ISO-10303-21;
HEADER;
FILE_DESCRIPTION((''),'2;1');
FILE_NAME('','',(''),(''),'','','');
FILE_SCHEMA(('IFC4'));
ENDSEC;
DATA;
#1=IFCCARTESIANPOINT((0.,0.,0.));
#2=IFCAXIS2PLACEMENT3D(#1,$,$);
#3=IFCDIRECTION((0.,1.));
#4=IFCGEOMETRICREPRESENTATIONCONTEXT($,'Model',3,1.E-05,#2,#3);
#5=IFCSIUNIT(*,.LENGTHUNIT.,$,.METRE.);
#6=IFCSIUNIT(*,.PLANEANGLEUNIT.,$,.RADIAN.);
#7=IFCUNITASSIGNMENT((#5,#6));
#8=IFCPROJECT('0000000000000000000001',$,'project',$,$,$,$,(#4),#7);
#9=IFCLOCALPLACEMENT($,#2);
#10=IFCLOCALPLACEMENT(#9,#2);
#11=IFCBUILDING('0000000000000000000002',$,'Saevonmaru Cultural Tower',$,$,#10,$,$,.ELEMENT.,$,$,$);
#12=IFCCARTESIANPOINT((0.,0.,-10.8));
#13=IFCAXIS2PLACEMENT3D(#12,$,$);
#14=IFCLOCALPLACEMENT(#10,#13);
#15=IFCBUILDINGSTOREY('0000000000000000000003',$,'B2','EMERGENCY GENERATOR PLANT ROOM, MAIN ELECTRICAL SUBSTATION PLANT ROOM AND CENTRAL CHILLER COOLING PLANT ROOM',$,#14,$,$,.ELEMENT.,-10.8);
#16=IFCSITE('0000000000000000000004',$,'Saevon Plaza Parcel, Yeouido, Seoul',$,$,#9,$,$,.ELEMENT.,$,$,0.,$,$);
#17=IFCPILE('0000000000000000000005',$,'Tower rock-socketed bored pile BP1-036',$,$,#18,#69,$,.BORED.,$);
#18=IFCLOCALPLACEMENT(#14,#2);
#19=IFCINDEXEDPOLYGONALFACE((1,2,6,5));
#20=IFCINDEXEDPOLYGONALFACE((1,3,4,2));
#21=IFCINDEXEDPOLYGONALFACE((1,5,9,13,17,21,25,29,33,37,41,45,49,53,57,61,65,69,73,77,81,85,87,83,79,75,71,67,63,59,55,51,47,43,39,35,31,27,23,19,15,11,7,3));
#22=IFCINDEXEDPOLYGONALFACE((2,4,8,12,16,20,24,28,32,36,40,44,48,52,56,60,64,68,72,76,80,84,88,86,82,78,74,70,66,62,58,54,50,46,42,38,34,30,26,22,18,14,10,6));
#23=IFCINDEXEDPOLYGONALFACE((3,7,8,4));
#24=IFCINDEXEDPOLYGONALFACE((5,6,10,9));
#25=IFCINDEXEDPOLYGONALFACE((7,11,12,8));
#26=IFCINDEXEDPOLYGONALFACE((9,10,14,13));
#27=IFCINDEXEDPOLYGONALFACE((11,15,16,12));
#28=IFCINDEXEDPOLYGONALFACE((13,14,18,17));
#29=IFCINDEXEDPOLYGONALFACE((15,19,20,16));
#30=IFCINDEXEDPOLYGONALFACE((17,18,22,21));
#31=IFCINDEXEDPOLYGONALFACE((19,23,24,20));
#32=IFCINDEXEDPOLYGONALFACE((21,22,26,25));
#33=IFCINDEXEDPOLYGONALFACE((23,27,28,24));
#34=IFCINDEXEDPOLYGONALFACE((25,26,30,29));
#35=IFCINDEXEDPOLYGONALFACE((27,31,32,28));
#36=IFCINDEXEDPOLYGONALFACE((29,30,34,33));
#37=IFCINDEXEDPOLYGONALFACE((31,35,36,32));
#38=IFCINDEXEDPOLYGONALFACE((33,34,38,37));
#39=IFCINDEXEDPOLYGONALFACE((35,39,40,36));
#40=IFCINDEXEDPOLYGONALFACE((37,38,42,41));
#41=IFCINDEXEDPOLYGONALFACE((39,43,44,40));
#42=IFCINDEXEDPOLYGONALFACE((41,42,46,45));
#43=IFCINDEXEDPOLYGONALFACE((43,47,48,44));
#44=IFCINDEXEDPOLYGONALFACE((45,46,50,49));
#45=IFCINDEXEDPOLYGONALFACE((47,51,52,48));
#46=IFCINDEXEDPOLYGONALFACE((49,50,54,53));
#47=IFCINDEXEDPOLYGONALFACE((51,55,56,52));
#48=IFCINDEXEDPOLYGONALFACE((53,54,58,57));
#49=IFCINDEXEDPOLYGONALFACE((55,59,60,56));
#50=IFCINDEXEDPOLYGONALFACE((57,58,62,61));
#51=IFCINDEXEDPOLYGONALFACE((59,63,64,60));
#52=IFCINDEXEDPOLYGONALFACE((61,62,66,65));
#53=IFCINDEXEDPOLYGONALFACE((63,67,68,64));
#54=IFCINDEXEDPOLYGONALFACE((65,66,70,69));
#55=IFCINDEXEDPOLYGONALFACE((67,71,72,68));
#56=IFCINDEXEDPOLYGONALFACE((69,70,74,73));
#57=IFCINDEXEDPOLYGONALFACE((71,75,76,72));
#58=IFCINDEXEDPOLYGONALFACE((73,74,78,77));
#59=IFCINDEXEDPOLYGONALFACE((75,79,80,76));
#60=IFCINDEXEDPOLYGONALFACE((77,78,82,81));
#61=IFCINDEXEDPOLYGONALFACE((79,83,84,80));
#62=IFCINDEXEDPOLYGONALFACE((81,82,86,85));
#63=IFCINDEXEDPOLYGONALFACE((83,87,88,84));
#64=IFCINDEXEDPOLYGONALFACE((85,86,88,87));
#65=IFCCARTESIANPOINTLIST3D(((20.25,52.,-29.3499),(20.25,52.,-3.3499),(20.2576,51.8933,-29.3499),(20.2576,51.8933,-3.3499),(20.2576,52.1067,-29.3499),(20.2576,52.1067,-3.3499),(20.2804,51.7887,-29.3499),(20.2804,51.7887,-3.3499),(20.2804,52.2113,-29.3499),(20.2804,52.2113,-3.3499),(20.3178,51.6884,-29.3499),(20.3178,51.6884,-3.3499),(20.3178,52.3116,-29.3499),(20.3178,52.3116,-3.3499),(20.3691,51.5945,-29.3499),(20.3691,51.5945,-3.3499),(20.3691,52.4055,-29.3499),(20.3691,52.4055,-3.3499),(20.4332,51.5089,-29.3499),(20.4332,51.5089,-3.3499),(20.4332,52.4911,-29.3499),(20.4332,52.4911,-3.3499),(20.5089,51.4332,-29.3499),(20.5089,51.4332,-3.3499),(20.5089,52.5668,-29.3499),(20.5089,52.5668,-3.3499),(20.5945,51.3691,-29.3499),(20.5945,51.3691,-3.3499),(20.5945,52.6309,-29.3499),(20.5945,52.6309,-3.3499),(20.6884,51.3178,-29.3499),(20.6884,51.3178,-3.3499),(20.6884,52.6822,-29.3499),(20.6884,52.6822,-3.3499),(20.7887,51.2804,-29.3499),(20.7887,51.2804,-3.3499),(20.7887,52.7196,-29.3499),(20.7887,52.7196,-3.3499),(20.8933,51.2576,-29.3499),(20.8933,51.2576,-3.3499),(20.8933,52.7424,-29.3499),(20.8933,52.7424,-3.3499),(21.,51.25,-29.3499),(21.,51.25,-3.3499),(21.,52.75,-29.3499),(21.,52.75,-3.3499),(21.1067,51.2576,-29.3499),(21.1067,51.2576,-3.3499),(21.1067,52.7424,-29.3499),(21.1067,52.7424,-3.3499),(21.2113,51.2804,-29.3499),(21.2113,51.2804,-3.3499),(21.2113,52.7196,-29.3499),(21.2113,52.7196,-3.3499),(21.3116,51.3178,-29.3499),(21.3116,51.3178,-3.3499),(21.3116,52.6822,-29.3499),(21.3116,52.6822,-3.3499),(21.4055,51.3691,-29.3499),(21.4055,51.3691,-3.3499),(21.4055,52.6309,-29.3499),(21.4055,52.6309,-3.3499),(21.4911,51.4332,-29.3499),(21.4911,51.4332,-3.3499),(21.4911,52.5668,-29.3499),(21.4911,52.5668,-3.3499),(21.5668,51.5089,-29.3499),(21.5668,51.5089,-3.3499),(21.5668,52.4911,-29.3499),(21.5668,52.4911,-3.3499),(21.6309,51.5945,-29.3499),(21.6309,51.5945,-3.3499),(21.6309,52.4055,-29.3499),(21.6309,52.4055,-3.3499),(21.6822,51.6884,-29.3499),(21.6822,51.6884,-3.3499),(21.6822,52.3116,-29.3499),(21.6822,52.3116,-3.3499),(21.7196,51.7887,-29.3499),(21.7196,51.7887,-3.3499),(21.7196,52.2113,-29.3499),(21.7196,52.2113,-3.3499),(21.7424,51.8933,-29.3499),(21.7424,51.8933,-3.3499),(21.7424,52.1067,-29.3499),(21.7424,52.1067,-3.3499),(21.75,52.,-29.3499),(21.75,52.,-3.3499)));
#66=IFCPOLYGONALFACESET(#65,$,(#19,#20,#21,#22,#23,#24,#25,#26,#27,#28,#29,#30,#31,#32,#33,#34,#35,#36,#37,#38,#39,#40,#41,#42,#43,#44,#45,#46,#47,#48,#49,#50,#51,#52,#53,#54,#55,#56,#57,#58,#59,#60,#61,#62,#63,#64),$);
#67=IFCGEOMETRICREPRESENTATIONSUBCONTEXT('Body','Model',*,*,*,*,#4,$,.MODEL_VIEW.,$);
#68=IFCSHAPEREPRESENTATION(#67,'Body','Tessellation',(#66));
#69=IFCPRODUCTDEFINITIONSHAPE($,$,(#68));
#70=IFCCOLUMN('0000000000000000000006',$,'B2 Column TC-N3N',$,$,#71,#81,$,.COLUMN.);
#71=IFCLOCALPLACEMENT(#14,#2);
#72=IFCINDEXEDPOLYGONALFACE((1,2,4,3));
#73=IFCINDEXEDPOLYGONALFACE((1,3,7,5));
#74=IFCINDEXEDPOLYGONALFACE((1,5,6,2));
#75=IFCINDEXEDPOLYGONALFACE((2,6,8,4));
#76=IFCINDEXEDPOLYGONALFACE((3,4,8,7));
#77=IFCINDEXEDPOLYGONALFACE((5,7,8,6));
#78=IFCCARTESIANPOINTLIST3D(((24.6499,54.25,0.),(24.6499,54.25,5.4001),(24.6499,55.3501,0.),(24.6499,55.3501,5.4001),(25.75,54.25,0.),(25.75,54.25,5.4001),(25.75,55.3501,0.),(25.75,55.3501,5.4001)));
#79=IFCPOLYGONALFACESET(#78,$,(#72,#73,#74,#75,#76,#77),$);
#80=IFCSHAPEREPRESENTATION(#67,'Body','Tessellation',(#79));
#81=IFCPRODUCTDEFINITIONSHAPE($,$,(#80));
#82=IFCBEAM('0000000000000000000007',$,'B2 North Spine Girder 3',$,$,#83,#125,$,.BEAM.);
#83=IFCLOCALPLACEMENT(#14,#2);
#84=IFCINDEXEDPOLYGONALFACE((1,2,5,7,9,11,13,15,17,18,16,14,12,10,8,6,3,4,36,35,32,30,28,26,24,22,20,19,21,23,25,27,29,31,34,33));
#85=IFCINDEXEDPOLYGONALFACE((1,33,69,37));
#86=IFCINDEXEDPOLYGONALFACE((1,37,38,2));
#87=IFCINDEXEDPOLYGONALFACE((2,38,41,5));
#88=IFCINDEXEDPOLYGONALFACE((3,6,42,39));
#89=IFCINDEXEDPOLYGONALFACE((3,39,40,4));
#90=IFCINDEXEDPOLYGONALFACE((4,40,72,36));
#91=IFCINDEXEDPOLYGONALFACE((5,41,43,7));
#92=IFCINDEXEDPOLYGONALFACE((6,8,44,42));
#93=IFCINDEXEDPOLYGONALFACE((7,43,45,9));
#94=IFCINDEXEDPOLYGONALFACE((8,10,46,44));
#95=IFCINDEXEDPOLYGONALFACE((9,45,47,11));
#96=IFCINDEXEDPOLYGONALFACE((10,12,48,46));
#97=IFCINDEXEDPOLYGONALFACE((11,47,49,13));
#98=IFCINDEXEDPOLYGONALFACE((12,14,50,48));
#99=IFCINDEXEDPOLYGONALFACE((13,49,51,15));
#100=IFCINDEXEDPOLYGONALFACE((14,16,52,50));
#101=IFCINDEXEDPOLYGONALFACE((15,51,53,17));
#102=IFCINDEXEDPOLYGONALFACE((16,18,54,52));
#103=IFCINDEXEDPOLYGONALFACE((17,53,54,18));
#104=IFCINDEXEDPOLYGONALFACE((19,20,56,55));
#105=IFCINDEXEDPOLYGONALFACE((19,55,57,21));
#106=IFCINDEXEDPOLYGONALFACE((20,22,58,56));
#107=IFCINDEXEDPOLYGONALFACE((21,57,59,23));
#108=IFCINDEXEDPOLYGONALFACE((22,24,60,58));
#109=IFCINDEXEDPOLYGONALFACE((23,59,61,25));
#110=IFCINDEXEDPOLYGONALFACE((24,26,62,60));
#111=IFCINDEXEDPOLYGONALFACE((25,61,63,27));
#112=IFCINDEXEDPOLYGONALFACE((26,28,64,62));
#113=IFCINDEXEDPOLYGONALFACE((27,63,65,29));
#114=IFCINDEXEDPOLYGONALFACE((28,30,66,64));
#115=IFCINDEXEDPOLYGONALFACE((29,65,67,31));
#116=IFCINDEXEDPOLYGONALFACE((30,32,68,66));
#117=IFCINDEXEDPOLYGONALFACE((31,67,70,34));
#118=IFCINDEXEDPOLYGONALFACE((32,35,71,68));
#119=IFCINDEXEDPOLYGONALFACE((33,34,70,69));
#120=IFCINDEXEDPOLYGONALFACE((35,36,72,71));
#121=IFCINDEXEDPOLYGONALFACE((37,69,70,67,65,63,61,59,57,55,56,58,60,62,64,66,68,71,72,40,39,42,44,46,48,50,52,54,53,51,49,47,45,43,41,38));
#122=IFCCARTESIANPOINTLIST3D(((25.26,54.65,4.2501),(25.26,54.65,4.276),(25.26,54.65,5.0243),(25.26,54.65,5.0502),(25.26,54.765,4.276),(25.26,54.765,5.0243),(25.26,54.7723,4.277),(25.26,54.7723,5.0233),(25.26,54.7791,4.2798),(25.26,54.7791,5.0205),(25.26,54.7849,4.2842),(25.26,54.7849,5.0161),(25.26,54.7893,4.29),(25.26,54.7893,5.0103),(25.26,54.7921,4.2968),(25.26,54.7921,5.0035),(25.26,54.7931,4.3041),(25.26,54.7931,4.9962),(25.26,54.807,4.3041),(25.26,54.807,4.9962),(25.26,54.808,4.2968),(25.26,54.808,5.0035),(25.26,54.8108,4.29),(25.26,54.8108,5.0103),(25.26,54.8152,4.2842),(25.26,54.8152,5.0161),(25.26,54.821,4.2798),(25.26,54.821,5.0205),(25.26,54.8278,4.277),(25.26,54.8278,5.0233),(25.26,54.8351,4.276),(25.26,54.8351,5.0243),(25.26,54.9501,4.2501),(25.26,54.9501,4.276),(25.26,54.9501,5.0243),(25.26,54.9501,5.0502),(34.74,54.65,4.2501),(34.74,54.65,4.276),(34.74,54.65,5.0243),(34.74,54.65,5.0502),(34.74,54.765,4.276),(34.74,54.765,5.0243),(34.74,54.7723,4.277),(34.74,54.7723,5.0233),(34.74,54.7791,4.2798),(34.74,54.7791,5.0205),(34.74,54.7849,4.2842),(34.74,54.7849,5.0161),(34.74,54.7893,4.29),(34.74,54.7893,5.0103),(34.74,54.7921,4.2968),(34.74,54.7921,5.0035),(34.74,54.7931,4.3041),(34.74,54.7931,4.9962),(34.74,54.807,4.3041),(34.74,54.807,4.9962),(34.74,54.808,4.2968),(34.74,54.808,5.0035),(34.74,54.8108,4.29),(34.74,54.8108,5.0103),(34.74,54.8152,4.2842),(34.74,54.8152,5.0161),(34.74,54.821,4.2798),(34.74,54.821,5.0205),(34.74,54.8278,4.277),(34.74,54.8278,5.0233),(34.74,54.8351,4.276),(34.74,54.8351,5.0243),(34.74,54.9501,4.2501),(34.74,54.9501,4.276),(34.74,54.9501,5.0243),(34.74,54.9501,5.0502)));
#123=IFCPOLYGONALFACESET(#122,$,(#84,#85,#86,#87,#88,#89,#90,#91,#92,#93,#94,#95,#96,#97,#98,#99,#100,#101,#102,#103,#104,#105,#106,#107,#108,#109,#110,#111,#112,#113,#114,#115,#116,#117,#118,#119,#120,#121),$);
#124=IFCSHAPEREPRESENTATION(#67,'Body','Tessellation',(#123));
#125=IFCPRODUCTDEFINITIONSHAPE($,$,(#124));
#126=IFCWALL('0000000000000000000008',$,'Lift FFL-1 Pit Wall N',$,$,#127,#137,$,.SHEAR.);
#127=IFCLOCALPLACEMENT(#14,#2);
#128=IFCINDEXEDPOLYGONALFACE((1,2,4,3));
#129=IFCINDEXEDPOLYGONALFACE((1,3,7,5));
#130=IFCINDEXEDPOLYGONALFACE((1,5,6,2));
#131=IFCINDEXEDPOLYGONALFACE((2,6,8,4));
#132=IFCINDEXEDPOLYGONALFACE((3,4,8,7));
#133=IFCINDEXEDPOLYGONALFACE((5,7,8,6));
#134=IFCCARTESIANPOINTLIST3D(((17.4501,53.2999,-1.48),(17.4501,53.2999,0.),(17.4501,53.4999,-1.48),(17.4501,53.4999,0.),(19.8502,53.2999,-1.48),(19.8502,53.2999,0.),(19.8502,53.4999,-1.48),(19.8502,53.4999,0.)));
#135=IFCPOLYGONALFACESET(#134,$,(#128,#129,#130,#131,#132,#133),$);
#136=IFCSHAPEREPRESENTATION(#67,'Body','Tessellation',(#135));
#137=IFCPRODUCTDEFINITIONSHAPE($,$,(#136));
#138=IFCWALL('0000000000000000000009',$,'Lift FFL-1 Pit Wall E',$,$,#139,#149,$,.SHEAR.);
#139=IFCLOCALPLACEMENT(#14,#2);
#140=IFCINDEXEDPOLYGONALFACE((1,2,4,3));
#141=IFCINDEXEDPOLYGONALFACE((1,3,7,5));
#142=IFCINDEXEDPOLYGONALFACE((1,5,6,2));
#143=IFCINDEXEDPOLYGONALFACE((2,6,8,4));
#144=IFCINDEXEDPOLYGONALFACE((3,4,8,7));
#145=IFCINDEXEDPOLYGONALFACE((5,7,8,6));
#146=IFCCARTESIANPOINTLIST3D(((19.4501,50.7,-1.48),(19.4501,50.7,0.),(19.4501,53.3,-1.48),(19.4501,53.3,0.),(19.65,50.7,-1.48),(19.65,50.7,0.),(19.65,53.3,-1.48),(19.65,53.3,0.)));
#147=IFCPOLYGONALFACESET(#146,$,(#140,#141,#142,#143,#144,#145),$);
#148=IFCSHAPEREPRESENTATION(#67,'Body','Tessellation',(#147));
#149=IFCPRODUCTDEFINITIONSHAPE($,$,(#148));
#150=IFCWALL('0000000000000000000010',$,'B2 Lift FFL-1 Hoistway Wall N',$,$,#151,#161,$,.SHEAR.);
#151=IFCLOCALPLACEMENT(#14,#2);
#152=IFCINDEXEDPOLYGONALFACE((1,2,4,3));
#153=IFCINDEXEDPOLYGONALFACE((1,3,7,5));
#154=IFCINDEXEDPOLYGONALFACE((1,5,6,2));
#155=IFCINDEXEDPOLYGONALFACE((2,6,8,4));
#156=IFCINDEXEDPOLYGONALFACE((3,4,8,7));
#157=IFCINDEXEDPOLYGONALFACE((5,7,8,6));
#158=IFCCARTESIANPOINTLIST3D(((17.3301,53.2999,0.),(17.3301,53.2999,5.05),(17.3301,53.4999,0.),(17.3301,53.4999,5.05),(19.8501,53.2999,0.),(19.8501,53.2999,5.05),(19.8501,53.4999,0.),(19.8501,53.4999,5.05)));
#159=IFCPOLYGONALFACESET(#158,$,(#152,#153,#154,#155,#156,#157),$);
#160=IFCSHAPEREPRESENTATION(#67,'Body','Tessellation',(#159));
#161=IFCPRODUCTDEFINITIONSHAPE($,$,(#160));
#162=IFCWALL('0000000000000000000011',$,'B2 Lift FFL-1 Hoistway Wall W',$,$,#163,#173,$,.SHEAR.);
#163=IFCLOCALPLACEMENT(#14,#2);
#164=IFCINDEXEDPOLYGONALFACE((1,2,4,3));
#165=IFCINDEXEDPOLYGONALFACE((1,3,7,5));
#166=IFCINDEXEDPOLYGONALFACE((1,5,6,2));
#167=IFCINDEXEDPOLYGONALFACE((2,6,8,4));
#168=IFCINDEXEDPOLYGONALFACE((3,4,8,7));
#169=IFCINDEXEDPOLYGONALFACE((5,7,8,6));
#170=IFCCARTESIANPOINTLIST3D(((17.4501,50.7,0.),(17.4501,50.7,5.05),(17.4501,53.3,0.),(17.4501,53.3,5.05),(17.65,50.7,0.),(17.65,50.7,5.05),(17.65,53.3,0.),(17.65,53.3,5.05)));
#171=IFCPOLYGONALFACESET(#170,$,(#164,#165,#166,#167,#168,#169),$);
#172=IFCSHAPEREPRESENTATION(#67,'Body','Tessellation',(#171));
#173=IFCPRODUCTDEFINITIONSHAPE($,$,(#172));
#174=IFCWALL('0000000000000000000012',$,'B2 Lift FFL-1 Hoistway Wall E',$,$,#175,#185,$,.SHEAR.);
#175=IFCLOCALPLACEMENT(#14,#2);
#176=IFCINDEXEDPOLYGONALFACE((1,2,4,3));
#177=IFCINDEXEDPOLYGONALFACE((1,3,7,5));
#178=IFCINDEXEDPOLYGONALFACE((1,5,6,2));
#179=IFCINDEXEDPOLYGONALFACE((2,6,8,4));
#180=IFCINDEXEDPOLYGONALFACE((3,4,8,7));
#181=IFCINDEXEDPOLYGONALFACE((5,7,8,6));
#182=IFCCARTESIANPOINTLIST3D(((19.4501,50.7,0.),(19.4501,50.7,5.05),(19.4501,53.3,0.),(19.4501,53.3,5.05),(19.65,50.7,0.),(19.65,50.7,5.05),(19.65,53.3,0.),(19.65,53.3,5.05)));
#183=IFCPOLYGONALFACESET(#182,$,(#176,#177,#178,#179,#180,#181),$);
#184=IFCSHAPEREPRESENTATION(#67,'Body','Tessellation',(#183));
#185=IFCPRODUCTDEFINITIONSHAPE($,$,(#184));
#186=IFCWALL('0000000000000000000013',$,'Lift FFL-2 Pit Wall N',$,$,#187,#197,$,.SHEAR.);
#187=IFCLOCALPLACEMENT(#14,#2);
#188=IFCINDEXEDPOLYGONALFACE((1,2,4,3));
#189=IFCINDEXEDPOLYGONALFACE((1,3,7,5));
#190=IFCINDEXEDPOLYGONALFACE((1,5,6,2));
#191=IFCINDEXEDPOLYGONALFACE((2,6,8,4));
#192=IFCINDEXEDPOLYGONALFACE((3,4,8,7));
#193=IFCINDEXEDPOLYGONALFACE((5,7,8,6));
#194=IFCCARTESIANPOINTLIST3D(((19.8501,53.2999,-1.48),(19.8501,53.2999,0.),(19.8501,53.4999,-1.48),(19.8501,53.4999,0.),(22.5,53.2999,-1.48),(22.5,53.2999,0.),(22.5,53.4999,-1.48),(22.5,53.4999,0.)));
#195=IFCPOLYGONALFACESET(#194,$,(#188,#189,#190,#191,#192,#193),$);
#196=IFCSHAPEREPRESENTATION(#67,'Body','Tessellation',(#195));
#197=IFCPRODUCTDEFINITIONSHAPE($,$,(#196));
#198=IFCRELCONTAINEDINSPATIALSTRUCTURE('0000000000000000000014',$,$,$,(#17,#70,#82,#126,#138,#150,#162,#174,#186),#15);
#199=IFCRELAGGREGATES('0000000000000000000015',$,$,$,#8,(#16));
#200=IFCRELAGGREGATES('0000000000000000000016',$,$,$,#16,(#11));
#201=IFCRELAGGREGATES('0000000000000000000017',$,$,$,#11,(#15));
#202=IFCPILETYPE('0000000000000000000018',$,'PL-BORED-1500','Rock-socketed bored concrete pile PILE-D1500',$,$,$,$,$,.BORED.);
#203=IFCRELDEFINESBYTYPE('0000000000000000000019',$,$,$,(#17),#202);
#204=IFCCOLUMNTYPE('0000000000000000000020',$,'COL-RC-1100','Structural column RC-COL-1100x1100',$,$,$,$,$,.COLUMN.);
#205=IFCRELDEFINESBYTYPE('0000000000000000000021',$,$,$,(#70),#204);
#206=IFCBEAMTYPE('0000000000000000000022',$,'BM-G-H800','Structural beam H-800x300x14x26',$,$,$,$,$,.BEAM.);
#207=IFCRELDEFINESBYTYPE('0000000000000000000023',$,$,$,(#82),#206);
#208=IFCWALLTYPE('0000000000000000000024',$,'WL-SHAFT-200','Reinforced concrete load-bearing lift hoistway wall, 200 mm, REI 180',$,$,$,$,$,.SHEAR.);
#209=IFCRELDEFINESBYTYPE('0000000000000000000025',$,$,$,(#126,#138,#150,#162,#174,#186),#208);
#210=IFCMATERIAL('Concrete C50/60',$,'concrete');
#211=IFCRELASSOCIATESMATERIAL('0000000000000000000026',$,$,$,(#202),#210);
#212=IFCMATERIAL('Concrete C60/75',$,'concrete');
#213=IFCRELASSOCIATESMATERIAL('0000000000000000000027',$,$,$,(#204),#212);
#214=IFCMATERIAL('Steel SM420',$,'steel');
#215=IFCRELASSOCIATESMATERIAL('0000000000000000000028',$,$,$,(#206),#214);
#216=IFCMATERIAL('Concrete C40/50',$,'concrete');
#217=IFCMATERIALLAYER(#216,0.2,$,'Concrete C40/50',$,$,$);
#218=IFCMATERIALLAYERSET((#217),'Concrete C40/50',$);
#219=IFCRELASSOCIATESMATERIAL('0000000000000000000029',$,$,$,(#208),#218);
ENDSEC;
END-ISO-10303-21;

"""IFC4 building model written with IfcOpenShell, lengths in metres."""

from ifc_helpers import new_model, si_unit, direction, frame, frame_2d, origin, origin_2d, place, context, subcontext, project, spatial, rectangle, circle, i_section, extrude, material, layer, layer_set, material_profile, profile_set, type_object, element, save


model = new_model("IFC4")

# Units and contexts
model_context = context("Model", 3, precision=1e-05, world=origin(), true_north=direction((0.0, 1.0)))
body_context = subcontext(model_context, "Body", "Model", "MODEL_VIEW")
ifc_project = project(units=[si_unit("LENGTHUNIT", "METRE"), si_unit("PLANEANGLEUNIT", "RADIAN")], contexts=[model_context])

# Site, building, storey
site_placement = place(None, origin())
site = spatial("IfcSite", under=ifc_project, at=site_placement, Name="Saevon Plaza Parcel, Yeouido, Seoul", CompositionType="ELEMENT", RefElevation=0.0)
building_placement = place(site_placement, origin())
building = spatial("IfcBuilding", under=site, at=building_placement, Name="Saevonmaru Cultural Tower", CompositionType="ELEMENT")
storey_placement = place(building_placement, frame((0.0, 0.0, -10.8)))
storey = spatial("IfcBuildingStorey", under=building, at=storey_placement, Name="B2", Description="EMERGENCY GENERATOR PLANT ROOM, MAIN ELECTRICAL SUBSTATION PLANT ROOM AND CENTRAL CHILLER COOLING PLANT ROOM", CompositionType="ELEMENT", Elevation=-10.8)

# Pile
ifc_material_1 = material(Name="Concrete C50/60", Category="concrete")
ifc_material_profile_1 = material_profile(ifc_material_1, circle(Radius=0.75, at=origin_2d()), Name="PILE-D1500")
ifc_profile_set_1 = profile_set([ifc_material_profile_1], Name="Concrete C50/60")
pile_type = type_object("IfcPileType", Name="PL-BORED-1500", Description="Rock-socketed bored concrete pile PILE-D1500", PredefinedType="BORED", material=ifc_profile_set_1)
pile_placement = place(storey_placement, frame((21.0, 52.0, -3.3499), z_axis=(0.0, 0.0, -1.0), x_axis=(1.0, 0.0, 0.0)))
element("IfcPile", 1, at=pile_placement, inside=storey, type_object=pile_type, Name="Tower rock-socketed bored pile BP1-036", PredefinedType="BORED", context=body_context, shape_type="SweptSolid", body=[
    extrude(circle(Radius=0.75, at=origin_2d()), origin(), (0.0, 0.0, 1.0), 26.0),
])

# Column
ifc_material_2 = material(Name="Concrete C60/75", Category="concrete")
ifc_material_profile_2 = material_profile(ifc_material_2, rectangle(XDim=1.1001, YDim=1.1001, at=origin_2d()), Name="RC-COL-1100x1100")
ifc_profile_set_2 = profile_set([ifc_material_profile_2], Name="Concrete C60/75")
column_type = type_object("IfcColumnType", Name="COL-RC-1100", Description="Structural column RC-COL-1100x1100", PredefinedType="COLUMN", material=ifc_profile_set_2)
column_placement = place(storey_placement, frame((25.2, 54.8, 0.0), z_axis=(0.0, 0.0, 1.0), x_axis=(1.0, 0.0, 0.0)))
element("IfcColumn", 2, at=column_placement, inside=storey, type_object=column_type, Name="B2 Column TC-N3N", PredefinedType="COLUMN", context=body_context, shape_type="SweptSolid", body=[
    extrude(rectangle(XDim=1.1001, YDim=1.1001, at=origin_2d()), origin(), (0.0, 0.0, 1.0), 5.4001),
])

# Beam
ifc_material_3 = material(Name="Steel SM420", Category="steel")
ifc_material_profile_3 = material_profile(ifc_material_3, i_section(OverallWidth=0.3, OverallDepth=0.8, WebThickness=0.0139, FlangeThickness=0.0259, FilletRadius=0.0281, at=origin_2d()), Name="H-800x300x14x26")
ifc_profile_set_3 = profile_set([ifc_material_profile_3], Name="Steel SM420")
beam_type = type_object("IfcBeamType", Name="BM-G-H800", Description="Structural beam H-800x300x14x26", PredefinedType="BEAM", material=ifc_profile_set_3)
beam_placement = place(storey_placement, frame((25.26, 54.8, 4.6501), z_axis=(1.0, 0.0, 0.0), x_axis=(0.0, 1.0, 0.0)))
element("IfcBeam", 3, at=beam_placement, inside=storey, type_object=beam_type, Name="B2 North Spine Girder 3", PredefinedType="BEAM", context=body_context, shape_type="SweptSolid", body=[
    extrude(i_section(OverallWidth=0.3, OverallDepth=0.8, WebThickness=0.0139, FlangeThickness=0.0259, FilletRadius=0.0281, at=origin_2d()), origin(), (0.0, 0.0, 1.0), 9.48),
])

# Walls
ifc_material_4 = material(Name="Concrete C40/50", Category="concrete")
ifc_layer = layer(ifc_material_4, 0.2, Name="Concrete C40/50")
ifc_layer_set = layer_set([ifc_layer], Name="Concrete C40/50")
wall_type = type_object("IfcWallType", Name="WL-SHAFT-200", Description="Reinforced concrete load-bearing lift hoistway wall, 200 mm, REI 180", PredefinedType="SHEAR", material=ifc_layer_set)
wall_1_placement = place(storey_placement, frame((17.45, 53.3999, -1.48), z_axis=(0.0, 0.0, 1.0), x_axis=(1.0, 0.0, 0.0)))
element("IfcWall", 4, at=wall_1_placement, inside=storey, type_object=wall_type, Name="Lift FFL-1 Pit Wall N", PredefinedType="SHEAR", context=body_context, shape_type="SweptSolid", body=[
    extrude(rectangle(XDim=2.4001, YDim=0.2, at=frame_2d((1.2002, 0.0))), origin(), (0.0, 0.0, 1.0), 1.48),
])
wall_2_placement = place(storey_placement, frame((19.55, 50.7, -1.48), z_axis=(0.0, 0.0, 1.0), x_axis=(0.0, 1.0, 0.0)))
element("IfcWall", 5, at=wall_2_placement, inside=storey, type_object=wall_type, Name="Lift FFL-1 Pit Wall E", PredefinedType="SHEAR", context=body_context, shape_type="SweptSolid", body=[
    extrude(rectangle(XDim=2.6001, YDim=0.2, at=frame_2d((1.3, 0.0))), origin(), (0.0, 0.0, 1.0), 1.48),
])
wall_3_placement = place(storey_placement, frame((17.3301, 53.3999, 0.0), z_axis=(0.0, 0.0, 1.0), x_axis=(1.0, 0.0, 0.0)))
element("IfcWall", 6, at=wall_3_placement, inside=storey, type_object=wall_type, Name="B2 Lift FFL-1 Hoistway Wall N", PredefinedType="SHEAR", context=body_context, shape_type="SweptSolid", body=[
    extrude(rectangle(XDim=2.52, YDim=0.2, at=frame_2d((1.26, 0.0))), origin(), (0.0, 0.0, 1.0), 5.05),
])
for number, where, z_axis, x_axis, name in (
    (7, (17.55, 50.7, 0.0), (0.0, 0.0, 1.0), (0.0, 1.0, 0.0), "B2 Lift FFL-1 Hoistway Wall W"),
    (8, (19.55, 50.7, 0.0), (0.0, 0.0, 1.0), (0.0, 1.0, 0.0), "B2 Lift FFL-1 Hoistway Wall E"),
):
    element("IfcWall", number, at=place(storey_placement, frame(where, z_axis=z_axis, x_axis=x_axis)), inside=storey, type_object=wall_type, Name=name, PredefinedType="SHEAR", context=body_context, shape_type="SweptSolid", body=[
        extrude(rectangle(XDim=2.6001, YDim=0.2, at=frame_2d((1.3, 0.0))), origin(), (0.0, 0.0, 1.0), 5.05),
    ])
wall_4_placement = place(storey_placement, frame((19.8501, 53.3999, -1.48), z_axis=(0.0, 0.0, 1.0), x_axis=(1.0, 0.0, 0.0)))
element("IfcWall", 9, at=wall_4_placement, inside=storey, type_object=wall_type, Name="Lift FFL-2 Pit Wall N", PredefinedType="SHEAR", context=body_context, shape_type="SweptSolid", body=[
    extrude(rectangle(XDim=2.6499, YDim=0.2, at=frame_2d((1.325, 0.0))), origin(), (0.0, 0.0, 1.0), 1.48),
])

save(model, "model.ifc")
